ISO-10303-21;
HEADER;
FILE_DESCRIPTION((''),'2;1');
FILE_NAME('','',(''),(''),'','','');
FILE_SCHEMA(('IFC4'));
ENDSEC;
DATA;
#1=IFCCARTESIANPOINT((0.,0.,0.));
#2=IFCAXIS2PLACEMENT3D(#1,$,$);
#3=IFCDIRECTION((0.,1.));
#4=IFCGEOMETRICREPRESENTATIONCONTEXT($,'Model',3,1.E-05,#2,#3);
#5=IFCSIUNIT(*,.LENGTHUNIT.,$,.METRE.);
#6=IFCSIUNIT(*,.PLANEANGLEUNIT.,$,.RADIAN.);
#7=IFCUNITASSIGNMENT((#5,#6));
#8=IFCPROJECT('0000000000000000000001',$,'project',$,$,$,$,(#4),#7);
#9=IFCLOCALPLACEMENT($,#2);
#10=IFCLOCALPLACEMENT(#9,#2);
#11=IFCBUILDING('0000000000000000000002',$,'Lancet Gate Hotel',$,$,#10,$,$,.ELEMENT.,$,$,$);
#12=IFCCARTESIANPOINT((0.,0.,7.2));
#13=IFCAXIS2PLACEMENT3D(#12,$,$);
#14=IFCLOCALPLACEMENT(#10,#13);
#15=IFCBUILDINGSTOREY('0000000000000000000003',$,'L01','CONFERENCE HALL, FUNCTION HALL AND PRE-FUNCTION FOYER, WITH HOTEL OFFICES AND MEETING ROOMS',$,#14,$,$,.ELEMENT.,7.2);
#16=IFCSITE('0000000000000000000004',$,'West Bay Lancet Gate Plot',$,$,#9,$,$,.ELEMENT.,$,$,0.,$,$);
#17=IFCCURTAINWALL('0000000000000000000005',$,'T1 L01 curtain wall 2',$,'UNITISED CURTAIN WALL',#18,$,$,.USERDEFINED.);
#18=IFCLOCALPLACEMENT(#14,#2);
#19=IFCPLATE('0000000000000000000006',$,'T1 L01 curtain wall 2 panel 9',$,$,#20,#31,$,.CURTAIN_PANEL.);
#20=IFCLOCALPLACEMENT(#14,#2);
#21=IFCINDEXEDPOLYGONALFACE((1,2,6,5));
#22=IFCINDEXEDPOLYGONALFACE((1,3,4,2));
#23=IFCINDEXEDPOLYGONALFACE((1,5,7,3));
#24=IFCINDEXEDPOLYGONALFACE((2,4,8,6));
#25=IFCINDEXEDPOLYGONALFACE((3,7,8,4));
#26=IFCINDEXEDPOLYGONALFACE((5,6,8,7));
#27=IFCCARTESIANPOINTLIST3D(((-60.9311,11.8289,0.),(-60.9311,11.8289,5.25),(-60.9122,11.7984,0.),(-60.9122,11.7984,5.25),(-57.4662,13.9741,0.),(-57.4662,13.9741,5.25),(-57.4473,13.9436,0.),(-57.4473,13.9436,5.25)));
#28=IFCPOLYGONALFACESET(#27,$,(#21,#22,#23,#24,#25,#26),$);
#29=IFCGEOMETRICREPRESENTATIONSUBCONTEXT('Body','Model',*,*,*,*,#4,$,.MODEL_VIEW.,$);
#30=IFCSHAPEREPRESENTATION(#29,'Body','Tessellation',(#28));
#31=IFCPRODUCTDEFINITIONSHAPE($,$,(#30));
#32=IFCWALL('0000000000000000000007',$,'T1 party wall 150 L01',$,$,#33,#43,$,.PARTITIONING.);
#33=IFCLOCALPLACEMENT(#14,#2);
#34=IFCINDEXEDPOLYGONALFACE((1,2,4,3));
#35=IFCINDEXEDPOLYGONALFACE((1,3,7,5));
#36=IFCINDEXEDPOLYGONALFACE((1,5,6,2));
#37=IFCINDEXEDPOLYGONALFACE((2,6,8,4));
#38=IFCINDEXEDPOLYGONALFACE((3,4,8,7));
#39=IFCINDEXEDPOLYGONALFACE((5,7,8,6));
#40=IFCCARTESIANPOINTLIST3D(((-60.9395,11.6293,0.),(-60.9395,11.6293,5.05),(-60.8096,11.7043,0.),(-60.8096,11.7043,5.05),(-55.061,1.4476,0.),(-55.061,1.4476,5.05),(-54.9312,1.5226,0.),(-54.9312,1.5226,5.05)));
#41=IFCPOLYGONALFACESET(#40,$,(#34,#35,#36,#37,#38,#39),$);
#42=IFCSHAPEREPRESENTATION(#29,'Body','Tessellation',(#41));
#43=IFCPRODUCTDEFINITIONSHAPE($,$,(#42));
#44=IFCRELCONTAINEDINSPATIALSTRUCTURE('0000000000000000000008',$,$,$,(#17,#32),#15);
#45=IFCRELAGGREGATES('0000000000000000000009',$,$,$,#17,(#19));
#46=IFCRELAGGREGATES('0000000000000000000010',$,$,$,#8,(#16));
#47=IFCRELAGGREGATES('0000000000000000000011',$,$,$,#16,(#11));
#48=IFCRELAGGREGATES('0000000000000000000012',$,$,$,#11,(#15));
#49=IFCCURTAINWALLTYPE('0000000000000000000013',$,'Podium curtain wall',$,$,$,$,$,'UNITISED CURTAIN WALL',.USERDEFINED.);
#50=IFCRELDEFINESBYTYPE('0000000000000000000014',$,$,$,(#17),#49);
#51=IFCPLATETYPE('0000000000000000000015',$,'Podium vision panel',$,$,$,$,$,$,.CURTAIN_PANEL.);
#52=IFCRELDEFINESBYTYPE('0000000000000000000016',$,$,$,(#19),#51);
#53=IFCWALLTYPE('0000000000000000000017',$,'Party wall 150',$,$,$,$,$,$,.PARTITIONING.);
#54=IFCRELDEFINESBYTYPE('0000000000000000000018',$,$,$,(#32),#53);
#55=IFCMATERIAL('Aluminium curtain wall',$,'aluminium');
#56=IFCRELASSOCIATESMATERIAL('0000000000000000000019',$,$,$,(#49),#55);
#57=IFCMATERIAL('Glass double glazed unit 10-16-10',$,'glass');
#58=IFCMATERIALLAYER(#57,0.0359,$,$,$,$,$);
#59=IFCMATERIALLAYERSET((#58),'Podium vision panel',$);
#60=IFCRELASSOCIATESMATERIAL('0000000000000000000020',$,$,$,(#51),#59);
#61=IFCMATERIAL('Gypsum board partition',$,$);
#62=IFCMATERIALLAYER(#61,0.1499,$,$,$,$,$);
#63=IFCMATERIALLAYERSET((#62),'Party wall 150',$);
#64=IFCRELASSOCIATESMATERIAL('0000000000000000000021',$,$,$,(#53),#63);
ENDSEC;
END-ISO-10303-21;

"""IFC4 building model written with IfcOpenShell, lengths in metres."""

from ifc_helpers import new_model, si_unit, direction, frame, frame_2d, origin, origin_2d, place, context, subcontext, project, spatial, rectangle, extrude, material, layer, layer_set, type_object, element, aggregate, save


model = new_model("IFC4")

# Units and contexts
model_context = context("Model", 3, precision=1e-05, world=origin(), true_north=direction((0.0, 1.0)))
body_context = subcontext(model_context, "Body", "Model", "MODEL_VIEW")
ifc_project = project(units=[si_unit("LENGTHUNIT", "METRE"), si_unit("PLANEANGLEUNIT", "RADIAN")], contexts=[model_context])

# Site, building, storey
site_placement = place(None, origin())
site = spatial("IfcSite", under=ifc_project, at=site_placement, Name="West Bay Lancet Gate Plot", CompositionType="ELEMENT", RefElevation=0.0)
building_placement = place(site_placement, origin())
building = spatial("IfcBuilding", under=site, at=building_placement, Name="Lancet Gate Hotel", CompositionType="ELEMENT")
storey_placement = place(building_placement, frame((0.0, 0.0, 7.2)))
storey = spatial("IfcBuildingStorey", under=building, at=storey_placement, Name="L01", Description="CONFERENCE HALL, FUNCTION HALL AND PRE-FUNCTION FOYER, WITH HOTEL OFFICES AND MEETING ROOMS", CompositionType="ELEMENT", Elevation=7.2)

# Curtain wall
ifc_material_1 = material(Name="Aluminium curtain wall", Category="aluminium")
curtain_wall_type = type_object("IfcCurtainWallType", Name="Podium curtain wall", ElementType="UNITISED CURTAIN WALL", PredefinedType="USERDEFINED", material=ifc_material_1)
curtain_wall_placement = place(storey_placement, origin())
curtain_wall = element("IfcCurtainWall", 1, at=curtain_wall_placement, inside=storey, type_object=curtain_wall_type, Name="T1 L01 curtain wall 2", ObjectType="UNITISED CURTAIN WALL", PredefinedType="USERDEFINED")

# Plate
ifc_material_2 = material(Name="Glass double glazed unit 10-16-10", Category="glass")
ifc_layer_1 = layer(ifc_material_2, 0.0359)
ifc_layer_set_1 = layer_set([ifc_layer_1], Name="Podium vision panel")
plate_type = type_object("IfcPlateType", Name="Podium vision panel", PredefinedType="CURTAIN_PANEL", material=ifc_layer_set_1)
plate_1_placement = place(storey_placement, frame((-59.1892, 12.8862, 0.0), z_axis=(0.0, 0.0, 1.0), x_axis=(-0.850229, -0.526414, 0.0)))
plate_1 = element("IfcPlate", 2, at=plate_1_placement, type_object=plate_type, Name="T1 L01 curtain wall 2 panel 9", PredefinedType="CURTAIN_PANEL", context=body_context, shape_type="SweptSolid", body=[
    extrude(rectangle(XDim=4.0752, YDim=0.0359, at=origin_2d()), origin(), (0.0, 0.0, 1.0), 5.25),
])
aggregate(curtain_wall, [plate_1])

# Wall
ifc_material_3 = material(Name="Gypsum board partition")
ifc_layer_2 = layer(ifc_material_3, 0.1499)
ifc_layer_set_2 = layer_set([ifc_layer_2], Name="Party wall 150")
wall_type = type_object("IfcWallType", Name="Party wall 150", PredefinedType="PARTITIONING", material=ifc_layer_set_2)
wall_placement = place(storey_placement, frame((-54.9961, 1.4851, 0.0), z_axis=(0.0, 0.0, 1.0), x_axis=(-0.500003, 0.866024, 0.0)))
element("IfcWall", 3, at=wall_placement, inside=storey, type_object=wall_type, Name="T1 party wall 150 L01", PredefinedType="PARTITIONING", context=body_context, shape_type="SweptSolid", body=[
    extrude(rectangle(XDim=11.7568, YDim=0.1499, at=frame_2d((5.8784, 0.0))), origin(), (0.0, 0.0, 1.0), 5.05),
])

save(model, "model.ifc")
